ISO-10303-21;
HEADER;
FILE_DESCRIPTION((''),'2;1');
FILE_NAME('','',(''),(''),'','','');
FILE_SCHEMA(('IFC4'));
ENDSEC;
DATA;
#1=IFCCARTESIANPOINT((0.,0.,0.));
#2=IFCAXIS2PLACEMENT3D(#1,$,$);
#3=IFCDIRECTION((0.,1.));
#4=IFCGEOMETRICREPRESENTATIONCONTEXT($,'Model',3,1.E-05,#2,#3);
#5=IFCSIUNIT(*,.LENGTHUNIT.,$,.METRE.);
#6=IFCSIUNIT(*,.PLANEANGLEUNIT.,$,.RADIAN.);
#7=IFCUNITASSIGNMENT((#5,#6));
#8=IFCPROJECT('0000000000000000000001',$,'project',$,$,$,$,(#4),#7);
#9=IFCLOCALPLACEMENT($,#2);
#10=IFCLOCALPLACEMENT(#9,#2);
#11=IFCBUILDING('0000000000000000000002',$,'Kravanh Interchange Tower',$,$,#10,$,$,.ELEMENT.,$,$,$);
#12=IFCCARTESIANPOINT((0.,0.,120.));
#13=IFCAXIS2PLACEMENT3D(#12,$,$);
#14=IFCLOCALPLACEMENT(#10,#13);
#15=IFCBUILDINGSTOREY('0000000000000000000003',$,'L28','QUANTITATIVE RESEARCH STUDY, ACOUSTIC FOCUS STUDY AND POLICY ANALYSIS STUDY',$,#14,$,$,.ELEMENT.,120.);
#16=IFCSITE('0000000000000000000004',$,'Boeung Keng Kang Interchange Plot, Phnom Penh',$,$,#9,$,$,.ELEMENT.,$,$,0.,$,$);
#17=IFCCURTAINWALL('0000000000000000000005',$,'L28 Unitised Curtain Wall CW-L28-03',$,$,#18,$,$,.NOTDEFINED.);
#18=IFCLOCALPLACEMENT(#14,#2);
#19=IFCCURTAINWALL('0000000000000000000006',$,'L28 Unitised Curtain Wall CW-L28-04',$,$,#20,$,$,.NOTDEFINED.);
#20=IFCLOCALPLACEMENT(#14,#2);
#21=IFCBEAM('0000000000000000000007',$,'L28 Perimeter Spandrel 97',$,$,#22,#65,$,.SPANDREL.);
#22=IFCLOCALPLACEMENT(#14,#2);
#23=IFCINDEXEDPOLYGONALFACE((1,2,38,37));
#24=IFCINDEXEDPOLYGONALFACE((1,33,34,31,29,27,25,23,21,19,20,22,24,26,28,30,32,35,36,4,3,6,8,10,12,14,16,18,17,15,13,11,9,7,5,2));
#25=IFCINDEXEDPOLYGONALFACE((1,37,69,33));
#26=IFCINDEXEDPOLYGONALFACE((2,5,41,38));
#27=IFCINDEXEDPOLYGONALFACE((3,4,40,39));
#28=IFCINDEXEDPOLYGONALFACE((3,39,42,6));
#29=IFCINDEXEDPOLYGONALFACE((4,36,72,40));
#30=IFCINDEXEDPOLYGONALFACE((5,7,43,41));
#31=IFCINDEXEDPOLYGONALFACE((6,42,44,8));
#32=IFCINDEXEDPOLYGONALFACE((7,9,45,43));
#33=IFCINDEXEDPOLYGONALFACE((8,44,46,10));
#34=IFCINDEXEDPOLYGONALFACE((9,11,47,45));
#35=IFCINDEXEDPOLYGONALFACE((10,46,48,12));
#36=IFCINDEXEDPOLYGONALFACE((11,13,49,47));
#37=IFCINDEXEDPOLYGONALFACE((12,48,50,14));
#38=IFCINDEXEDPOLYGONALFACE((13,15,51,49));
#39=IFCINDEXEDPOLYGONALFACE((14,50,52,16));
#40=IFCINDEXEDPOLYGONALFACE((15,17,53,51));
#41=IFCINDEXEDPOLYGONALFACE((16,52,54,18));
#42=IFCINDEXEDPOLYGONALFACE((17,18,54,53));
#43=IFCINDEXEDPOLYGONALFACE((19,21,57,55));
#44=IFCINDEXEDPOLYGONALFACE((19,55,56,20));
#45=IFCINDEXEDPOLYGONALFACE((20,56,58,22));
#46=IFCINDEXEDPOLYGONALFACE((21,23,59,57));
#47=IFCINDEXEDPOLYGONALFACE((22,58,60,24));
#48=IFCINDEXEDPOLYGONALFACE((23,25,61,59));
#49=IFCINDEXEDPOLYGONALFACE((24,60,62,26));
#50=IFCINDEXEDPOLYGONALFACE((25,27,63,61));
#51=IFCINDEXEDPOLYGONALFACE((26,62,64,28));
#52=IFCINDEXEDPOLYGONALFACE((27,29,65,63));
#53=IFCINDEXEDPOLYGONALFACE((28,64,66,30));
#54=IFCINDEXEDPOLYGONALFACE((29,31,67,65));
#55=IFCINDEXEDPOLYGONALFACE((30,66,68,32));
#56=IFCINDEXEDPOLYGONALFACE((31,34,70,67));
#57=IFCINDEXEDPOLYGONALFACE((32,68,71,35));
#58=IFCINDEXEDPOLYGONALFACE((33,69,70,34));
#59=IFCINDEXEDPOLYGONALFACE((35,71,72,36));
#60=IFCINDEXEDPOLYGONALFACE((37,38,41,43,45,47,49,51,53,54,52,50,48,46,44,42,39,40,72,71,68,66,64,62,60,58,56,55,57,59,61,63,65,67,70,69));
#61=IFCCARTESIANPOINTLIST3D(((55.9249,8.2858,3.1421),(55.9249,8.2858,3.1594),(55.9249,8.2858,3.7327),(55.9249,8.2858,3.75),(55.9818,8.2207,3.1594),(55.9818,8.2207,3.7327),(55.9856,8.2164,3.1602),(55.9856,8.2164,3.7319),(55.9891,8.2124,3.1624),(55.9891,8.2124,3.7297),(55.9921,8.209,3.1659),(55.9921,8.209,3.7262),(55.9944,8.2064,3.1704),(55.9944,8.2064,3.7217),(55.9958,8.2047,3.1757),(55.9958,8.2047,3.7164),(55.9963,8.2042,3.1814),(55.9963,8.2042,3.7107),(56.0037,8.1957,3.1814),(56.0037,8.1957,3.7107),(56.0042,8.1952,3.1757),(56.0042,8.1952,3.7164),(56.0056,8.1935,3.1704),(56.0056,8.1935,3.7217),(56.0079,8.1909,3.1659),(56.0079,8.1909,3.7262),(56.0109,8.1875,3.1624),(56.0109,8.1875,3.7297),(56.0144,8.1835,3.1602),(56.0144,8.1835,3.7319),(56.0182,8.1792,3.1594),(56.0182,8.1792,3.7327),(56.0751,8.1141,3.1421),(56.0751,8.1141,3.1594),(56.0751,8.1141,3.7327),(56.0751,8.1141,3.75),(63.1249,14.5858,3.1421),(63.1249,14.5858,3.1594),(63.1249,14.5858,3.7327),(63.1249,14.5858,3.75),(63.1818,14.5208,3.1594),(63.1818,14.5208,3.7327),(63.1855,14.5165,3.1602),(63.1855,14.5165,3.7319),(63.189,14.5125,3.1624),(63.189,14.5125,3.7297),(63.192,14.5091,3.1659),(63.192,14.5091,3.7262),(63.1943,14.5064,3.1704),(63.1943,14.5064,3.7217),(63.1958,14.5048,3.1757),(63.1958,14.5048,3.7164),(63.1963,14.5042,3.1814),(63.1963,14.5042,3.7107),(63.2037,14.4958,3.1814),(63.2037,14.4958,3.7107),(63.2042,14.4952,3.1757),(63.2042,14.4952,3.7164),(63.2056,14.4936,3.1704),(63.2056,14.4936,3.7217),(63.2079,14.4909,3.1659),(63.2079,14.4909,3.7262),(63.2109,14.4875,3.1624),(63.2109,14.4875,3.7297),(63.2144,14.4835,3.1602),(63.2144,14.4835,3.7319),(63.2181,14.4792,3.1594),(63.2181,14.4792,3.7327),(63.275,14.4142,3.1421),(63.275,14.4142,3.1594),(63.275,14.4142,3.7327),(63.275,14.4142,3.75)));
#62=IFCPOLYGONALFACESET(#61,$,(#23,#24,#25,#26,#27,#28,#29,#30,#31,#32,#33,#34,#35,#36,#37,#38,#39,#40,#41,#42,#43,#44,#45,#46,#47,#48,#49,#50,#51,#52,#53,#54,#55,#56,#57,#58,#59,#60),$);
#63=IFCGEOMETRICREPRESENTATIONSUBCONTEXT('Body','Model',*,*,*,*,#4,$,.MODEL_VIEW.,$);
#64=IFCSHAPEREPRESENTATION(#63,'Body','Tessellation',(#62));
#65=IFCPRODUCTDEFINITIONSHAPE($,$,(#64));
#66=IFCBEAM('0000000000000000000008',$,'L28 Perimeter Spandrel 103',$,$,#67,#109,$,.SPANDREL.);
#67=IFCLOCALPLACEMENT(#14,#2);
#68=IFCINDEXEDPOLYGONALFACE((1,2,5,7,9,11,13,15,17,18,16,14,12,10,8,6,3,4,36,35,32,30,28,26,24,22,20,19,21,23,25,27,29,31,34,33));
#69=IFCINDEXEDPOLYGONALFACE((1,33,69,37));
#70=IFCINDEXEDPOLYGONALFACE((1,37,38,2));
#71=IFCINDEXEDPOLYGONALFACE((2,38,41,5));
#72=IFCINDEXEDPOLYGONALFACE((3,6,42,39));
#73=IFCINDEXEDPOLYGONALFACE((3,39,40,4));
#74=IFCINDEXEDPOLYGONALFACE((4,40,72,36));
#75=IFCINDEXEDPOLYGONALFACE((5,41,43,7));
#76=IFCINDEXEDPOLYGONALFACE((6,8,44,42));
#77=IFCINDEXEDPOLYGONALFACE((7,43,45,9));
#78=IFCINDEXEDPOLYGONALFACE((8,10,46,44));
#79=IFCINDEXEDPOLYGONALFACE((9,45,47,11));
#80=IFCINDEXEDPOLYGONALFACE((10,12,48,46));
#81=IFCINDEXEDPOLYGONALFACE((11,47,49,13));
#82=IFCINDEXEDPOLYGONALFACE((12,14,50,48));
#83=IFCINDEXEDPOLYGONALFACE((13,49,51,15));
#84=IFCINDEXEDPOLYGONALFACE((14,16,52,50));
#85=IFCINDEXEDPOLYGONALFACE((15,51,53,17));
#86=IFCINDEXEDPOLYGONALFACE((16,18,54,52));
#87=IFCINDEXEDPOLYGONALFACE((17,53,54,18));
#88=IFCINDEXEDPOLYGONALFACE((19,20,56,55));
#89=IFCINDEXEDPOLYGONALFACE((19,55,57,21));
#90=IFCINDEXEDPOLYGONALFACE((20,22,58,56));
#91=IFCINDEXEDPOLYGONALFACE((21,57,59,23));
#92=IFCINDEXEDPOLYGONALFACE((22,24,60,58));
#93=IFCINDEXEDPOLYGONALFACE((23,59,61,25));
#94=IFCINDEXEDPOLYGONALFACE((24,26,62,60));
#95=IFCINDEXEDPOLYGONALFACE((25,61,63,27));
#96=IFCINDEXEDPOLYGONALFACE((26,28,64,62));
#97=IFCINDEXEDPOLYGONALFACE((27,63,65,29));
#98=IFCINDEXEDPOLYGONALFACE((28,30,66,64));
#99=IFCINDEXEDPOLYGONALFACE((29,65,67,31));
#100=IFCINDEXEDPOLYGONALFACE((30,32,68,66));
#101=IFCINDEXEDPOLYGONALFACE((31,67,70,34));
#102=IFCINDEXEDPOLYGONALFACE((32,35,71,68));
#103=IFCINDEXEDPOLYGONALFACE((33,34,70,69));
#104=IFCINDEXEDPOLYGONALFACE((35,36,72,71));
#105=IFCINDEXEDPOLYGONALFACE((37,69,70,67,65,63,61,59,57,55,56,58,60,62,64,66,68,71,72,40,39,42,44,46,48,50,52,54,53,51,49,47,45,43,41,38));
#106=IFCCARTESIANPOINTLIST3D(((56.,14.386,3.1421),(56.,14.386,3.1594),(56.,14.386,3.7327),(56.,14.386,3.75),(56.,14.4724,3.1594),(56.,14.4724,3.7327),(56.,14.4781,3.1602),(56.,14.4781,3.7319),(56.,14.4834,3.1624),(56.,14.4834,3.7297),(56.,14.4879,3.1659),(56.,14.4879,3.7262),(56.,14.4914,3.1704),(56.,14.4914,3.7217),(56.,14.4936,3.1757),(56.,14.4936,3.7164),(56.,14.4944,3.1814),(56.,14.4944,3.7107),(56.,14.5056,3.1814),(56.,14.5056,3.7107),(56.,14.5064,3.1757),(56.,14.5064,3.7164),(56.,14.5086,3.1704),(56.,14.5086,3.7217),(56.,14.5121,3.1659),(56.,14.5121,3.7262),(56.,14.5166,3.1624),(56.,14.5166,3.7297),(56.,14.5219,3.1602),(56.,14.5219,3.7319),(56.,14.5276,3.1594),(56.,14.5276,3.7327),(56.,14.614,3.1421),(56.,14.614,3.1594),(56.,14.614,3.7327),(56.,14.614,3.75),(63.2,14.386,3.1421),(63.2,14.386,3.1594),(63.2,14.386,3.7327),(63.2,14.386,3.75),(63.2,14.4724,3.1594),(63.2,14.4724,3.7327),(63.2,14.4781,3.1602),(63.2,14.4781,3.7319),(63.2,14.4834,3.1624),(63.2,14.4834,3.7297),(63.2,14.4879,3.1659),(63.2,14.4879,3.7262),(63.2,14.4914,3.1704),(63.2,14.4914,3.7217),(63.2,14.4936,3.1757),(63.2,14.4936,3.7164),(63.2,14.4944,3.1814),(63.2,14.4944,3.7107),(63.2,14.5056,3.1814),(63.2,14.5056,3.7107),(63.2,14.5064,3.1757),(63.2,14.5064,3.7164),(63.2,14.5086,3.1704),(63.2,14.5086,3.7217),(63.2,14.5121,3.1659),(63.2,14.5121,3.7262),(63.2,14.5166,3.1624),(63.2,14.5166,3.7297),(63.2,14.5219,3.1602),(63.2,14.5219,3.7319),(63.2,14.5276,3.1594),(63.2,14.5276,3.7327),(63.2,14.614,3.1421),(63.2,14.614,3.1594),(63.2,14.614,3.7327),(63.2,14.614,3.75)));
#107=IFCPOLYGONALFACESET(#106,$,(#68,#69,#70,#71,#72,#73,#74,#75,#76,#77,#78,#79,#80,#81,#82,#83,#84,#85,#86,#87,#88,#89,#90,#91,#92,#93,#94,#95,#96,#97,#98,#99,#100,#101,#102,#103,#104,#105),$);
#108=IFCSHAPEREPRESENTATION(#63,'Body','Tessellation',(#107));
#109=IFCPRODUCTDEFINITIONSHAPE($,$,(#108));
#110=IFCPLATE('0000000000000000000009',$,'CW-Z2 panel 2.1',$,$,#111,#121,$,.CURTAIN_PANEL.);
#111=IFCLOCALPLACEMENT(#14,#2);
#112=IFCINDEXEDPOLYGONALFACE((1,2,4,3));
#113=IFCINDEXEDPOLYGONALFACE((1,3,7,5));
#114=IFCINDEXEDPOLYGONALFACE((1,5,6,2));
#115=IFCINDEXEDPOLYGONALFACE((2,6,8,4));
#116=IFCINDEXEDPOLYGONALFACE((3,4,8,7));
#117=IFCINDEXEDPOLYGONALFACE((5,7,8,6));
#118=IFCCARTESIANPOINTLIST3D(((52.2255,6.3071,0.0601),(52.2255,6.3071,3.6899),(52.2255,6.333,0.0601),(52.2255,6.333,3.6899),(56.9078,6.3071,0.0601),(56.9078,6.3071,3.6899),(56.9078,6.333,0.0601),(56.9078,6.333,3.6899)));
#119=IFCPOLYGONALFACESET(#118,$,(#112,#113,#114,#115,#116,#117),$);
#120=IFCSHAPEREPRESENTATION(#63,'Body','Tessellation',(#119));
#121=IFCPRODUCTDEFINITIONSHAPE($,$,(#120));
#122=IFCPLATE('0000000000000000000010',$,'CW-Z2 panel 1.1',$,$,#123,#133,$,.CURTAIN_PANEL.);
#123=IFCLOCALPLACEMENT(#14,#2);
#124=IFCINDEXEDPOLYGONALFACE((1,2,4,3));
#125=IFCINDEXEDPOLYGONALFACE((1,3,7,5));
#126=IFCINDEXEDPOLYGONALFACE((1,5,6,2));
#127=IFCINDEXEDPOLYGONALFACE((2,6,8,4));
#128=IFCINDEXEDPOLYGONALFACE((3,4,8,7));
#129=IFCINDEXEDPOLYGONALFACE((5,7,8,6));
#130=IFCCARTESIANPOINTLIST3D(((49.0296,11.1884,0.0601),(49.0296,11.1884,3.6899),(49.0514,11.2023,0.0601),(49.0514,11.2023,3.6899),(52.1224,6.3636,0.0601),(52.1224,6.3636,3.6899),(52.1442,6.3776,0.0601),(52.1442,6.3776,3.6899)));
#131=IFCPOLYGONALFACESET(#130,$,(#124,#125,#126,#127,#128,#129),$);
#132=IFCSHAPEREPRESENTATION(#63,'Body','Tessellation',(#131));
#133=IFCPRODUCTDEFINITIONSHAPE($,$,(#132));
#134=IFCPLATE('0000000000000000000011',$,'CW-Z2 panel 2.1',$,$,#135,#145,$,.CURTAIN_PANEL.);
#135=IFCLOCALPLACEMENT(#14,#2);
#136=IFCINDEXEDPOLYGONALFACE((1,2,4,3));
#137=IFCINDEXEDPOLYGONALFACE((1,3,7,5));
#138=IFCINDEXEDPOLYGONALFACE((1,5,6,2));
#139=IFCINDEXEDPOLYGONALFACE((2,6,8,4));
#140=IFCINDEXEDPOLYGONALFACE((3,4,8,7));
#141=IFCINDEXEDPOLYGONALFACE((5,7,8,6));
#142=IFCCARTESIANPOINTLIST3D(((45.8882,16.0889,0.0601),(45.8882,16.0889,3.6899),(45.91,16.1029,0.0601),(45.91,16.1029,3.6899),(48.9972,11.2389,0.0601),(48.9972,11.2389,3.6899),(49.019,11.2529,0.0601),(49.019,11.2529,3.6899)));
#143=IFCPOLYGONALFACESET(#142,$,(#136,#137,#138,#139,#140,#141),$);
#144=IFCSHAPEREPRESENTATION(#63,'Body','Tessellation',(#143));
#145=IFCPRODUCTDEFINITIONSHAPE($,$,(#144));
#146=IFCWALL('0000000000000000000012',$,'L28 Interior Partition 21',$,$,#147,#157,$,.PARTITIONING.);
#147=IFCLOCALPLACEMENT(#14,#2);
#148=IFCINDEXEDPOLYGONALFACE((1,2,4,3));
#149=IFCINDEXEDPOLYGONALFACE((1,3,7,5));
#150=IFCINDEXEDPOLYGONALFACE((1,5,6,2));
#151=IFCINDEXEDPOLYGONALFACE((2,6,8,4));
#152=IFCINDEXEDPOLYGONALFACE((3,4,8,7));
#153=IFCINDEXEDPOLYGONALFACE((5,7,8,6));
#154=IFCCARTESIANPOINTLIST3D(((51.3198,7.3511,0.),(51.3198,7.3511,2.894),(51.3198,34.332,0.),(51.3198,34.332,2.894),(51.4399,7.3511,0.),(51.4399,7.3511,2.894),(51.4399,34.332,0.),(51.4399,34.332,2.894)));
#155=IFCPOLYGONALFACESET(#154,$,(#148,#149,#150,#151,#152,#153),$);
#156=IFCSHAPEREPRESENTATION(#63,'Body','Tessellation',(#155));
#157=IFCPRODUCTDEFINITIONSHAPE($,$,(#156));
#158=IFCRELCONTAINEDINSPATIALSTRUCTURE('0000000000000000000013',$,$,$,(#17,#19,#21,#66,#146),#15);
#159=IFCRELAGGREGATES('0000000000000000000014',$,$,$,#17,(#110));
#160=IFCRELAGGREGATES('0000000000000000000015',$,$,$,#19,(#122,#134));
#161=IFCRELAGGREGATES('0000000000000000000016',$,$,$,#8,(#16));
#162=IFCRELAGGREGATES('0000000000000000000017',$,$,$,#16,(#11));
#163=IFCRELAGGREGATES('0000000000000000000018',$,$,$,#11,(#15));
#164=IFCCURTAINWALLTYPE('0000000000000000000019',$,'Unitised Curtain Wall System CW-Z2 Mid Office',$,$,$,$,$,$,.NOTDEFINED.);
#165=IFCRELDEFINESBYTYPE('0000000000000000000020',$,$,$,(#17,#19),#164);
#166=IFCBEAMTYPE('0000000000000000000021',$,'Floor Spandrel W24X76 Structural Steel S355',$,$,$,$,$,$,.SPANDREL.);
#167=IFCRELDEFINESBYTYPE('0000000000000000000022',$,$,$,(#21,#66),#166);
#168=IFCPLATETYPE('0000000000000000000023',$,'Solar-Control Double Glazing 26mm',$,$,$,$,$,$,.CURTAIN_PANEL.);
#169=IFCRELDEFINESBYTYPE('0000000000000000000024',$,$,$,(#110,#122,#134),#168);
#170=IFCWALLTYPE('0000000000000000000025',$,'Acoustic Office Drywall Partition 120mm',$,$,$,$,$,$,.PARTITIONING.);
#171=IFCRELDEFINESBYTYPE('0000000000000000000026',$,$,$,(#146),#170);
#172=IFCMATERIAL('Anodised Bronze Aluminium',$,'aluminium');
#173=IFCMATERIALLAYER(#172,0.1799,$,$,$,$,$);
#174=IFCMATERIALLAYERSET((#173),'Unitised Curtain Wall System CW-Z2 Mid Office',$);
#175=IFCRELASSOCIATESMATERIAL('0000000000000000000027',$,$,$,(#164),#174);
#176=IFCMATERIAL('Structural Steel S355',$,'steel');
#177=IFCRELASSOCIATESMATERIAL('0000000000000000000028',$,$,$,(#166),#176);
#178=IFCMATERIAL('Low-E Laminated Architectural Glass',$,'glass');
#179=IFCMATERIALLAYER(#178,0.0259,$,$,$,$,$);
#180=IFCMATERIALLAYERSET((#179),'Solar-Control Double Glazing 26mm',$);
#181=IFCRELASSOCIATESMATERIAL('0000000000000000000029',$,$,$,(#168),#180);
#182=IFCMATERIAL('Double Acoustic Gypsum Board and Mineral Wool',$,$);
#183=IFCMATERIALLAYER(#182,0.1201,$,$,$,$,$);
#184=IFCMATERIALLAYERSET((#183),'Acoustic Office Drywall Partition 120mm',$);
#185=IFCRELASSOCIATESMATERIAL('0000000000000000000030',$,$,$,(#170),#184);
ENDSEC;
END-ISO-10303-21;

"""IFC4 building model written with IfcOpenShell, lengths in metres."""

from ifc_helpers import new_model, si_unit, direction, frame, frame_2d, origin, origin_2d, place, context, subcontext, project, spatial, rectangle, i_section, extrude, material, layer, layer_set, material_profile, profile_set, type_object, element, aggregate, save


model = new_model("IFC4")

# Units and contexts
model_context = context("Model", 3, precision=1e-05, world=origin(), true_north=direction((0.0, 1.0)))
body_context = subcontext(model_context, "Body", "Model", "MODEL_VIEW")
ifc_project = project(units=[si_unit("LENGTHUNIT", "METRE"), si_unit("PLANEANGLEUNIT", "RADIAN")], contexts=[model_context])

# Site, building, storey
site_placement = place(None, origin())
site = spatial("IfcSite", under=ifc_project, at=site_placement, Name="Boeung Keng Kang Interchange Plot, Phnom Penh", CompositionType="ELEMENT", RefElevation=0.0)
building_placement = place(site_placement, origin())
building = spatial("IfcBuilding", under=site, at=building_placement, Name="Kravanh Interchange Tower", CompositionType="ELEMENT")
storey_placement = place(building_placement, frame((0.0, 0.0, 120.0)))
storey = spatial("IfcBuildingStorey", under=building, at=storey_placement, Name="L28", Description="QUANTITATIVE RESEARCH STUDY, ACOUSTIC FOCUS STUDY AND POLICY ANALYSIS STUDY", CompositionType="ELEMENT", Elevation=120.0)

# Curtain wall
ifc_material_1 = material(Name="Anodised Bronze Aluminium", Category="aluminium")
ifc_layer_1 = layer(ifc_material_1, 0.1799)
ifc_layer_set_1 = layer_set([ifc_layer_1], Name="Unitised Curtain Wall System CW-Z2 Mid Office")
curtain_wall_type = type_object("IfcCurtainWallType", Name="Unitised Curtain Wall System CW-Z2 Mid Office", PredefinedType="NOTDEFINED", material=ifc_layer_set_1)
curtain_wall_1_placement = place(storey_placement, origin())
curtain_wall_1 = element("IfcCurtainWall", 1, at=curtain_wall_1_placement, inside=storey, type_object=curtain_wall_type, Name="L28 Unitised Curtain Wall CW-L28-03", PredefinedType="NOTDEFINED")

# Curtain wall
curtain_wall_2_placement = place(storey_placement, origin())
curtain_wall_2 = element("IfcCurtainWall", 2, at=curtain_wall_2_placement, inside=storey, type_object=curtain_wall_type, Name="L28 Unitised Curtain Wall CW-L28-04", PredefinedType="NOTDEFINED")

# Beams
ifc_material_2 = material(Name="Structural Steel S355", Category="steel")
ifc_material_profile_1 = material_profile(ifc_material_2, i_section(OverallWidth=0.228, OverallDepth=0.6079, WebThickness=0.0112, FlangeThickness=0.0173, FilletRadius=0.022, at=origin_2d()), Name="W24X76")
ifc_profile_set_1 = profile_set([ifc_material_profile_1], Name="Structural Steel S355")
beam_type_1 = type_object("IfcBeamType", Name="Floor Spandrel W24X76 Structural Steel S355", PredefinedType="SPANDREL", material=ifc_profile_set_1)
beam_1_placement = place(storey_placement, frame((56.0, 8.2, 3.446), z_axis=(0.752572, 0.65851, 0.0), x_axis=(-0.65851, 0.752572, 0.0)))
element("IfcBeam", 3, at=beam_1_placement, inside=storey, type_object=beam_type_1, Name="L28 Perimeter Spandrel 97", PredefinedType="SPANDREL", context=body_context, shape_type="SweptSolid", body=[
    extrude(i_section(OverallWidth=0.228, OverallDepth=0.6079, WebThickness=0.0112, FlangeThickness=0.0173, FilletRadius=0.022, at=origin_2d()), origin(), (0.0, 0.0, 1.0), 9.5671),
])
beam_2_placement = place(storey_placement, frame((56.0, 14.5, 3.446), z_axis=(1.0, 0.0, 0.0), x_axis=(0.0, 1.0, 0.0)))
element("IfcBeam", 4, at=beam_2_placement, inside=storey, type_object=beam_type_1, Name="L28 Perimeter Spandrel 103", PredefinedType="SPANDREL", context=body_context, shape_type="SweptSolid", body=[
    extrude(i_section(OverallWidth=0.228, OverallDepth=0.6079, WebThickness=0.0112, FlangeThickness=0.0173, FilletRadius=0.022, at=origin_2d()), origin(), (0.0, 0.0, 1.0), 7.2),
])

# Plates
ifc_material_3 = material(Name="Low-E Laminated Architectural Glass", Category="glass")
ifc_layer_2 = layer(ifc_material_3, 0.0259)
ifc_layer_set_2 = layer_set([ifc_layer_2], Name="Solar-Control Double Glazing 26mm")
plate_type = type_object("IfcPlateType", Name="Solar-Control Double Glazing 26mm", PredefinedType="CURTAIN_PANEL", material=ifc_layer_set_2)
plate_1_placement = place(storey_placement, frame((54.5667, 6.3201, 0.0601), z_axis=(0.0, 0.0, 1.0), x_axis=(-1.0, 0.0, 0.0)))
plate_1 = element("IfcPlate", 5, at=plate_1_placement, type_object=plate_type, Name="CW-Z2 panel 2.1", PredefinedType="CURTAIN_PANEL", context=body_context, shape_type="SweptSolid", body=[
    extrude(rectangle(XDim=4.6824, YDim=0.0259, at=origin_2d()), origin(), (0.0, 0.0, 1.0), 3.6299),
])
aggregate(curtain_wall_1, [plate_1])
plate_2_placement = place(storey_placement, frame((50.5869, 8.783, 0.0601), z_axis=(0.0, 0.0, 1.0), x_axis=(-0.539665, 0.84188, 0.0)))
plate_2 = element("IfcPlate", 6, at=plate_2_placement, type_object=plate_type, Name="CW-Z2 panel 1.1", PredefinedType="CURTAIN_PANEL", context=body_context, shape_type="SweptSolid", body=[
    extrude(rectangle(XDim=5.731, YDim=0.0259, at=origin_2d()), origin(), (0.0, 0.0, 1.0), 3.6299),
])
plate_3_placement = place(storey_placement, frame((47.4536, 13.6709, 0.0601), z_axis=(0.0, 0.0, 1.0), x_axis=(-0.539665, 0.84188, 0.0)))
plate_3 = element("IfcPlate", 7, at=plate_3_placement, type_object=plate_type, Name="CW-Z2 panel 2.1", PredefinedType="CURTAIN_PANEL", context=body_context, shape_type="SweptSolid", body=[
    extrude(rectangle(XDim=5.761, YDim=0.0259, at=origin_2d()), origin(), (0.0, 0.0, 1.0), 3.6299),
])
aggregate(curtain_wall_2, [plate_2, plate_3])

# Wall
ifc_material_4 = material(Name="Double Acoustic Gypsum Board and Mineral Wool")
ifc_layer_3 = layer(ifc_material_4, 0.1201)
ifc_layer_set_3 = layer_set([ifc_layer_3], Name="Acoustic Office Drywall Partition 120mm")
wall_type = type_object("IfcWallType", Name="Acoustic Office Drywall Partition 120mm", PredefinedType="PARTITIONING", material=ifc_layer_set_3)
wall_placement = place(storey_placement, frame((51.3799, 7.3511, 0.0), z_axis=(0.0, 0.0, 1.0), x_axis=(0.0, 1.0, 0.0)))
element("IfcWall", 8, at=wall_placement, inside=storey, type_object=wall_type, Name="L28 Interior Partition 21", PredefinedType="PARTITIONING", context=body_context, shape_type="SweptSolid", body=[
    extrude(rectangle(XDim=26.981, YDim=0.1201, at=frame_2d((13.4905, 0.0))), origin(), (0.0, 0.0, 1.0), 2.894),
])

save(model, "model.ifc")
